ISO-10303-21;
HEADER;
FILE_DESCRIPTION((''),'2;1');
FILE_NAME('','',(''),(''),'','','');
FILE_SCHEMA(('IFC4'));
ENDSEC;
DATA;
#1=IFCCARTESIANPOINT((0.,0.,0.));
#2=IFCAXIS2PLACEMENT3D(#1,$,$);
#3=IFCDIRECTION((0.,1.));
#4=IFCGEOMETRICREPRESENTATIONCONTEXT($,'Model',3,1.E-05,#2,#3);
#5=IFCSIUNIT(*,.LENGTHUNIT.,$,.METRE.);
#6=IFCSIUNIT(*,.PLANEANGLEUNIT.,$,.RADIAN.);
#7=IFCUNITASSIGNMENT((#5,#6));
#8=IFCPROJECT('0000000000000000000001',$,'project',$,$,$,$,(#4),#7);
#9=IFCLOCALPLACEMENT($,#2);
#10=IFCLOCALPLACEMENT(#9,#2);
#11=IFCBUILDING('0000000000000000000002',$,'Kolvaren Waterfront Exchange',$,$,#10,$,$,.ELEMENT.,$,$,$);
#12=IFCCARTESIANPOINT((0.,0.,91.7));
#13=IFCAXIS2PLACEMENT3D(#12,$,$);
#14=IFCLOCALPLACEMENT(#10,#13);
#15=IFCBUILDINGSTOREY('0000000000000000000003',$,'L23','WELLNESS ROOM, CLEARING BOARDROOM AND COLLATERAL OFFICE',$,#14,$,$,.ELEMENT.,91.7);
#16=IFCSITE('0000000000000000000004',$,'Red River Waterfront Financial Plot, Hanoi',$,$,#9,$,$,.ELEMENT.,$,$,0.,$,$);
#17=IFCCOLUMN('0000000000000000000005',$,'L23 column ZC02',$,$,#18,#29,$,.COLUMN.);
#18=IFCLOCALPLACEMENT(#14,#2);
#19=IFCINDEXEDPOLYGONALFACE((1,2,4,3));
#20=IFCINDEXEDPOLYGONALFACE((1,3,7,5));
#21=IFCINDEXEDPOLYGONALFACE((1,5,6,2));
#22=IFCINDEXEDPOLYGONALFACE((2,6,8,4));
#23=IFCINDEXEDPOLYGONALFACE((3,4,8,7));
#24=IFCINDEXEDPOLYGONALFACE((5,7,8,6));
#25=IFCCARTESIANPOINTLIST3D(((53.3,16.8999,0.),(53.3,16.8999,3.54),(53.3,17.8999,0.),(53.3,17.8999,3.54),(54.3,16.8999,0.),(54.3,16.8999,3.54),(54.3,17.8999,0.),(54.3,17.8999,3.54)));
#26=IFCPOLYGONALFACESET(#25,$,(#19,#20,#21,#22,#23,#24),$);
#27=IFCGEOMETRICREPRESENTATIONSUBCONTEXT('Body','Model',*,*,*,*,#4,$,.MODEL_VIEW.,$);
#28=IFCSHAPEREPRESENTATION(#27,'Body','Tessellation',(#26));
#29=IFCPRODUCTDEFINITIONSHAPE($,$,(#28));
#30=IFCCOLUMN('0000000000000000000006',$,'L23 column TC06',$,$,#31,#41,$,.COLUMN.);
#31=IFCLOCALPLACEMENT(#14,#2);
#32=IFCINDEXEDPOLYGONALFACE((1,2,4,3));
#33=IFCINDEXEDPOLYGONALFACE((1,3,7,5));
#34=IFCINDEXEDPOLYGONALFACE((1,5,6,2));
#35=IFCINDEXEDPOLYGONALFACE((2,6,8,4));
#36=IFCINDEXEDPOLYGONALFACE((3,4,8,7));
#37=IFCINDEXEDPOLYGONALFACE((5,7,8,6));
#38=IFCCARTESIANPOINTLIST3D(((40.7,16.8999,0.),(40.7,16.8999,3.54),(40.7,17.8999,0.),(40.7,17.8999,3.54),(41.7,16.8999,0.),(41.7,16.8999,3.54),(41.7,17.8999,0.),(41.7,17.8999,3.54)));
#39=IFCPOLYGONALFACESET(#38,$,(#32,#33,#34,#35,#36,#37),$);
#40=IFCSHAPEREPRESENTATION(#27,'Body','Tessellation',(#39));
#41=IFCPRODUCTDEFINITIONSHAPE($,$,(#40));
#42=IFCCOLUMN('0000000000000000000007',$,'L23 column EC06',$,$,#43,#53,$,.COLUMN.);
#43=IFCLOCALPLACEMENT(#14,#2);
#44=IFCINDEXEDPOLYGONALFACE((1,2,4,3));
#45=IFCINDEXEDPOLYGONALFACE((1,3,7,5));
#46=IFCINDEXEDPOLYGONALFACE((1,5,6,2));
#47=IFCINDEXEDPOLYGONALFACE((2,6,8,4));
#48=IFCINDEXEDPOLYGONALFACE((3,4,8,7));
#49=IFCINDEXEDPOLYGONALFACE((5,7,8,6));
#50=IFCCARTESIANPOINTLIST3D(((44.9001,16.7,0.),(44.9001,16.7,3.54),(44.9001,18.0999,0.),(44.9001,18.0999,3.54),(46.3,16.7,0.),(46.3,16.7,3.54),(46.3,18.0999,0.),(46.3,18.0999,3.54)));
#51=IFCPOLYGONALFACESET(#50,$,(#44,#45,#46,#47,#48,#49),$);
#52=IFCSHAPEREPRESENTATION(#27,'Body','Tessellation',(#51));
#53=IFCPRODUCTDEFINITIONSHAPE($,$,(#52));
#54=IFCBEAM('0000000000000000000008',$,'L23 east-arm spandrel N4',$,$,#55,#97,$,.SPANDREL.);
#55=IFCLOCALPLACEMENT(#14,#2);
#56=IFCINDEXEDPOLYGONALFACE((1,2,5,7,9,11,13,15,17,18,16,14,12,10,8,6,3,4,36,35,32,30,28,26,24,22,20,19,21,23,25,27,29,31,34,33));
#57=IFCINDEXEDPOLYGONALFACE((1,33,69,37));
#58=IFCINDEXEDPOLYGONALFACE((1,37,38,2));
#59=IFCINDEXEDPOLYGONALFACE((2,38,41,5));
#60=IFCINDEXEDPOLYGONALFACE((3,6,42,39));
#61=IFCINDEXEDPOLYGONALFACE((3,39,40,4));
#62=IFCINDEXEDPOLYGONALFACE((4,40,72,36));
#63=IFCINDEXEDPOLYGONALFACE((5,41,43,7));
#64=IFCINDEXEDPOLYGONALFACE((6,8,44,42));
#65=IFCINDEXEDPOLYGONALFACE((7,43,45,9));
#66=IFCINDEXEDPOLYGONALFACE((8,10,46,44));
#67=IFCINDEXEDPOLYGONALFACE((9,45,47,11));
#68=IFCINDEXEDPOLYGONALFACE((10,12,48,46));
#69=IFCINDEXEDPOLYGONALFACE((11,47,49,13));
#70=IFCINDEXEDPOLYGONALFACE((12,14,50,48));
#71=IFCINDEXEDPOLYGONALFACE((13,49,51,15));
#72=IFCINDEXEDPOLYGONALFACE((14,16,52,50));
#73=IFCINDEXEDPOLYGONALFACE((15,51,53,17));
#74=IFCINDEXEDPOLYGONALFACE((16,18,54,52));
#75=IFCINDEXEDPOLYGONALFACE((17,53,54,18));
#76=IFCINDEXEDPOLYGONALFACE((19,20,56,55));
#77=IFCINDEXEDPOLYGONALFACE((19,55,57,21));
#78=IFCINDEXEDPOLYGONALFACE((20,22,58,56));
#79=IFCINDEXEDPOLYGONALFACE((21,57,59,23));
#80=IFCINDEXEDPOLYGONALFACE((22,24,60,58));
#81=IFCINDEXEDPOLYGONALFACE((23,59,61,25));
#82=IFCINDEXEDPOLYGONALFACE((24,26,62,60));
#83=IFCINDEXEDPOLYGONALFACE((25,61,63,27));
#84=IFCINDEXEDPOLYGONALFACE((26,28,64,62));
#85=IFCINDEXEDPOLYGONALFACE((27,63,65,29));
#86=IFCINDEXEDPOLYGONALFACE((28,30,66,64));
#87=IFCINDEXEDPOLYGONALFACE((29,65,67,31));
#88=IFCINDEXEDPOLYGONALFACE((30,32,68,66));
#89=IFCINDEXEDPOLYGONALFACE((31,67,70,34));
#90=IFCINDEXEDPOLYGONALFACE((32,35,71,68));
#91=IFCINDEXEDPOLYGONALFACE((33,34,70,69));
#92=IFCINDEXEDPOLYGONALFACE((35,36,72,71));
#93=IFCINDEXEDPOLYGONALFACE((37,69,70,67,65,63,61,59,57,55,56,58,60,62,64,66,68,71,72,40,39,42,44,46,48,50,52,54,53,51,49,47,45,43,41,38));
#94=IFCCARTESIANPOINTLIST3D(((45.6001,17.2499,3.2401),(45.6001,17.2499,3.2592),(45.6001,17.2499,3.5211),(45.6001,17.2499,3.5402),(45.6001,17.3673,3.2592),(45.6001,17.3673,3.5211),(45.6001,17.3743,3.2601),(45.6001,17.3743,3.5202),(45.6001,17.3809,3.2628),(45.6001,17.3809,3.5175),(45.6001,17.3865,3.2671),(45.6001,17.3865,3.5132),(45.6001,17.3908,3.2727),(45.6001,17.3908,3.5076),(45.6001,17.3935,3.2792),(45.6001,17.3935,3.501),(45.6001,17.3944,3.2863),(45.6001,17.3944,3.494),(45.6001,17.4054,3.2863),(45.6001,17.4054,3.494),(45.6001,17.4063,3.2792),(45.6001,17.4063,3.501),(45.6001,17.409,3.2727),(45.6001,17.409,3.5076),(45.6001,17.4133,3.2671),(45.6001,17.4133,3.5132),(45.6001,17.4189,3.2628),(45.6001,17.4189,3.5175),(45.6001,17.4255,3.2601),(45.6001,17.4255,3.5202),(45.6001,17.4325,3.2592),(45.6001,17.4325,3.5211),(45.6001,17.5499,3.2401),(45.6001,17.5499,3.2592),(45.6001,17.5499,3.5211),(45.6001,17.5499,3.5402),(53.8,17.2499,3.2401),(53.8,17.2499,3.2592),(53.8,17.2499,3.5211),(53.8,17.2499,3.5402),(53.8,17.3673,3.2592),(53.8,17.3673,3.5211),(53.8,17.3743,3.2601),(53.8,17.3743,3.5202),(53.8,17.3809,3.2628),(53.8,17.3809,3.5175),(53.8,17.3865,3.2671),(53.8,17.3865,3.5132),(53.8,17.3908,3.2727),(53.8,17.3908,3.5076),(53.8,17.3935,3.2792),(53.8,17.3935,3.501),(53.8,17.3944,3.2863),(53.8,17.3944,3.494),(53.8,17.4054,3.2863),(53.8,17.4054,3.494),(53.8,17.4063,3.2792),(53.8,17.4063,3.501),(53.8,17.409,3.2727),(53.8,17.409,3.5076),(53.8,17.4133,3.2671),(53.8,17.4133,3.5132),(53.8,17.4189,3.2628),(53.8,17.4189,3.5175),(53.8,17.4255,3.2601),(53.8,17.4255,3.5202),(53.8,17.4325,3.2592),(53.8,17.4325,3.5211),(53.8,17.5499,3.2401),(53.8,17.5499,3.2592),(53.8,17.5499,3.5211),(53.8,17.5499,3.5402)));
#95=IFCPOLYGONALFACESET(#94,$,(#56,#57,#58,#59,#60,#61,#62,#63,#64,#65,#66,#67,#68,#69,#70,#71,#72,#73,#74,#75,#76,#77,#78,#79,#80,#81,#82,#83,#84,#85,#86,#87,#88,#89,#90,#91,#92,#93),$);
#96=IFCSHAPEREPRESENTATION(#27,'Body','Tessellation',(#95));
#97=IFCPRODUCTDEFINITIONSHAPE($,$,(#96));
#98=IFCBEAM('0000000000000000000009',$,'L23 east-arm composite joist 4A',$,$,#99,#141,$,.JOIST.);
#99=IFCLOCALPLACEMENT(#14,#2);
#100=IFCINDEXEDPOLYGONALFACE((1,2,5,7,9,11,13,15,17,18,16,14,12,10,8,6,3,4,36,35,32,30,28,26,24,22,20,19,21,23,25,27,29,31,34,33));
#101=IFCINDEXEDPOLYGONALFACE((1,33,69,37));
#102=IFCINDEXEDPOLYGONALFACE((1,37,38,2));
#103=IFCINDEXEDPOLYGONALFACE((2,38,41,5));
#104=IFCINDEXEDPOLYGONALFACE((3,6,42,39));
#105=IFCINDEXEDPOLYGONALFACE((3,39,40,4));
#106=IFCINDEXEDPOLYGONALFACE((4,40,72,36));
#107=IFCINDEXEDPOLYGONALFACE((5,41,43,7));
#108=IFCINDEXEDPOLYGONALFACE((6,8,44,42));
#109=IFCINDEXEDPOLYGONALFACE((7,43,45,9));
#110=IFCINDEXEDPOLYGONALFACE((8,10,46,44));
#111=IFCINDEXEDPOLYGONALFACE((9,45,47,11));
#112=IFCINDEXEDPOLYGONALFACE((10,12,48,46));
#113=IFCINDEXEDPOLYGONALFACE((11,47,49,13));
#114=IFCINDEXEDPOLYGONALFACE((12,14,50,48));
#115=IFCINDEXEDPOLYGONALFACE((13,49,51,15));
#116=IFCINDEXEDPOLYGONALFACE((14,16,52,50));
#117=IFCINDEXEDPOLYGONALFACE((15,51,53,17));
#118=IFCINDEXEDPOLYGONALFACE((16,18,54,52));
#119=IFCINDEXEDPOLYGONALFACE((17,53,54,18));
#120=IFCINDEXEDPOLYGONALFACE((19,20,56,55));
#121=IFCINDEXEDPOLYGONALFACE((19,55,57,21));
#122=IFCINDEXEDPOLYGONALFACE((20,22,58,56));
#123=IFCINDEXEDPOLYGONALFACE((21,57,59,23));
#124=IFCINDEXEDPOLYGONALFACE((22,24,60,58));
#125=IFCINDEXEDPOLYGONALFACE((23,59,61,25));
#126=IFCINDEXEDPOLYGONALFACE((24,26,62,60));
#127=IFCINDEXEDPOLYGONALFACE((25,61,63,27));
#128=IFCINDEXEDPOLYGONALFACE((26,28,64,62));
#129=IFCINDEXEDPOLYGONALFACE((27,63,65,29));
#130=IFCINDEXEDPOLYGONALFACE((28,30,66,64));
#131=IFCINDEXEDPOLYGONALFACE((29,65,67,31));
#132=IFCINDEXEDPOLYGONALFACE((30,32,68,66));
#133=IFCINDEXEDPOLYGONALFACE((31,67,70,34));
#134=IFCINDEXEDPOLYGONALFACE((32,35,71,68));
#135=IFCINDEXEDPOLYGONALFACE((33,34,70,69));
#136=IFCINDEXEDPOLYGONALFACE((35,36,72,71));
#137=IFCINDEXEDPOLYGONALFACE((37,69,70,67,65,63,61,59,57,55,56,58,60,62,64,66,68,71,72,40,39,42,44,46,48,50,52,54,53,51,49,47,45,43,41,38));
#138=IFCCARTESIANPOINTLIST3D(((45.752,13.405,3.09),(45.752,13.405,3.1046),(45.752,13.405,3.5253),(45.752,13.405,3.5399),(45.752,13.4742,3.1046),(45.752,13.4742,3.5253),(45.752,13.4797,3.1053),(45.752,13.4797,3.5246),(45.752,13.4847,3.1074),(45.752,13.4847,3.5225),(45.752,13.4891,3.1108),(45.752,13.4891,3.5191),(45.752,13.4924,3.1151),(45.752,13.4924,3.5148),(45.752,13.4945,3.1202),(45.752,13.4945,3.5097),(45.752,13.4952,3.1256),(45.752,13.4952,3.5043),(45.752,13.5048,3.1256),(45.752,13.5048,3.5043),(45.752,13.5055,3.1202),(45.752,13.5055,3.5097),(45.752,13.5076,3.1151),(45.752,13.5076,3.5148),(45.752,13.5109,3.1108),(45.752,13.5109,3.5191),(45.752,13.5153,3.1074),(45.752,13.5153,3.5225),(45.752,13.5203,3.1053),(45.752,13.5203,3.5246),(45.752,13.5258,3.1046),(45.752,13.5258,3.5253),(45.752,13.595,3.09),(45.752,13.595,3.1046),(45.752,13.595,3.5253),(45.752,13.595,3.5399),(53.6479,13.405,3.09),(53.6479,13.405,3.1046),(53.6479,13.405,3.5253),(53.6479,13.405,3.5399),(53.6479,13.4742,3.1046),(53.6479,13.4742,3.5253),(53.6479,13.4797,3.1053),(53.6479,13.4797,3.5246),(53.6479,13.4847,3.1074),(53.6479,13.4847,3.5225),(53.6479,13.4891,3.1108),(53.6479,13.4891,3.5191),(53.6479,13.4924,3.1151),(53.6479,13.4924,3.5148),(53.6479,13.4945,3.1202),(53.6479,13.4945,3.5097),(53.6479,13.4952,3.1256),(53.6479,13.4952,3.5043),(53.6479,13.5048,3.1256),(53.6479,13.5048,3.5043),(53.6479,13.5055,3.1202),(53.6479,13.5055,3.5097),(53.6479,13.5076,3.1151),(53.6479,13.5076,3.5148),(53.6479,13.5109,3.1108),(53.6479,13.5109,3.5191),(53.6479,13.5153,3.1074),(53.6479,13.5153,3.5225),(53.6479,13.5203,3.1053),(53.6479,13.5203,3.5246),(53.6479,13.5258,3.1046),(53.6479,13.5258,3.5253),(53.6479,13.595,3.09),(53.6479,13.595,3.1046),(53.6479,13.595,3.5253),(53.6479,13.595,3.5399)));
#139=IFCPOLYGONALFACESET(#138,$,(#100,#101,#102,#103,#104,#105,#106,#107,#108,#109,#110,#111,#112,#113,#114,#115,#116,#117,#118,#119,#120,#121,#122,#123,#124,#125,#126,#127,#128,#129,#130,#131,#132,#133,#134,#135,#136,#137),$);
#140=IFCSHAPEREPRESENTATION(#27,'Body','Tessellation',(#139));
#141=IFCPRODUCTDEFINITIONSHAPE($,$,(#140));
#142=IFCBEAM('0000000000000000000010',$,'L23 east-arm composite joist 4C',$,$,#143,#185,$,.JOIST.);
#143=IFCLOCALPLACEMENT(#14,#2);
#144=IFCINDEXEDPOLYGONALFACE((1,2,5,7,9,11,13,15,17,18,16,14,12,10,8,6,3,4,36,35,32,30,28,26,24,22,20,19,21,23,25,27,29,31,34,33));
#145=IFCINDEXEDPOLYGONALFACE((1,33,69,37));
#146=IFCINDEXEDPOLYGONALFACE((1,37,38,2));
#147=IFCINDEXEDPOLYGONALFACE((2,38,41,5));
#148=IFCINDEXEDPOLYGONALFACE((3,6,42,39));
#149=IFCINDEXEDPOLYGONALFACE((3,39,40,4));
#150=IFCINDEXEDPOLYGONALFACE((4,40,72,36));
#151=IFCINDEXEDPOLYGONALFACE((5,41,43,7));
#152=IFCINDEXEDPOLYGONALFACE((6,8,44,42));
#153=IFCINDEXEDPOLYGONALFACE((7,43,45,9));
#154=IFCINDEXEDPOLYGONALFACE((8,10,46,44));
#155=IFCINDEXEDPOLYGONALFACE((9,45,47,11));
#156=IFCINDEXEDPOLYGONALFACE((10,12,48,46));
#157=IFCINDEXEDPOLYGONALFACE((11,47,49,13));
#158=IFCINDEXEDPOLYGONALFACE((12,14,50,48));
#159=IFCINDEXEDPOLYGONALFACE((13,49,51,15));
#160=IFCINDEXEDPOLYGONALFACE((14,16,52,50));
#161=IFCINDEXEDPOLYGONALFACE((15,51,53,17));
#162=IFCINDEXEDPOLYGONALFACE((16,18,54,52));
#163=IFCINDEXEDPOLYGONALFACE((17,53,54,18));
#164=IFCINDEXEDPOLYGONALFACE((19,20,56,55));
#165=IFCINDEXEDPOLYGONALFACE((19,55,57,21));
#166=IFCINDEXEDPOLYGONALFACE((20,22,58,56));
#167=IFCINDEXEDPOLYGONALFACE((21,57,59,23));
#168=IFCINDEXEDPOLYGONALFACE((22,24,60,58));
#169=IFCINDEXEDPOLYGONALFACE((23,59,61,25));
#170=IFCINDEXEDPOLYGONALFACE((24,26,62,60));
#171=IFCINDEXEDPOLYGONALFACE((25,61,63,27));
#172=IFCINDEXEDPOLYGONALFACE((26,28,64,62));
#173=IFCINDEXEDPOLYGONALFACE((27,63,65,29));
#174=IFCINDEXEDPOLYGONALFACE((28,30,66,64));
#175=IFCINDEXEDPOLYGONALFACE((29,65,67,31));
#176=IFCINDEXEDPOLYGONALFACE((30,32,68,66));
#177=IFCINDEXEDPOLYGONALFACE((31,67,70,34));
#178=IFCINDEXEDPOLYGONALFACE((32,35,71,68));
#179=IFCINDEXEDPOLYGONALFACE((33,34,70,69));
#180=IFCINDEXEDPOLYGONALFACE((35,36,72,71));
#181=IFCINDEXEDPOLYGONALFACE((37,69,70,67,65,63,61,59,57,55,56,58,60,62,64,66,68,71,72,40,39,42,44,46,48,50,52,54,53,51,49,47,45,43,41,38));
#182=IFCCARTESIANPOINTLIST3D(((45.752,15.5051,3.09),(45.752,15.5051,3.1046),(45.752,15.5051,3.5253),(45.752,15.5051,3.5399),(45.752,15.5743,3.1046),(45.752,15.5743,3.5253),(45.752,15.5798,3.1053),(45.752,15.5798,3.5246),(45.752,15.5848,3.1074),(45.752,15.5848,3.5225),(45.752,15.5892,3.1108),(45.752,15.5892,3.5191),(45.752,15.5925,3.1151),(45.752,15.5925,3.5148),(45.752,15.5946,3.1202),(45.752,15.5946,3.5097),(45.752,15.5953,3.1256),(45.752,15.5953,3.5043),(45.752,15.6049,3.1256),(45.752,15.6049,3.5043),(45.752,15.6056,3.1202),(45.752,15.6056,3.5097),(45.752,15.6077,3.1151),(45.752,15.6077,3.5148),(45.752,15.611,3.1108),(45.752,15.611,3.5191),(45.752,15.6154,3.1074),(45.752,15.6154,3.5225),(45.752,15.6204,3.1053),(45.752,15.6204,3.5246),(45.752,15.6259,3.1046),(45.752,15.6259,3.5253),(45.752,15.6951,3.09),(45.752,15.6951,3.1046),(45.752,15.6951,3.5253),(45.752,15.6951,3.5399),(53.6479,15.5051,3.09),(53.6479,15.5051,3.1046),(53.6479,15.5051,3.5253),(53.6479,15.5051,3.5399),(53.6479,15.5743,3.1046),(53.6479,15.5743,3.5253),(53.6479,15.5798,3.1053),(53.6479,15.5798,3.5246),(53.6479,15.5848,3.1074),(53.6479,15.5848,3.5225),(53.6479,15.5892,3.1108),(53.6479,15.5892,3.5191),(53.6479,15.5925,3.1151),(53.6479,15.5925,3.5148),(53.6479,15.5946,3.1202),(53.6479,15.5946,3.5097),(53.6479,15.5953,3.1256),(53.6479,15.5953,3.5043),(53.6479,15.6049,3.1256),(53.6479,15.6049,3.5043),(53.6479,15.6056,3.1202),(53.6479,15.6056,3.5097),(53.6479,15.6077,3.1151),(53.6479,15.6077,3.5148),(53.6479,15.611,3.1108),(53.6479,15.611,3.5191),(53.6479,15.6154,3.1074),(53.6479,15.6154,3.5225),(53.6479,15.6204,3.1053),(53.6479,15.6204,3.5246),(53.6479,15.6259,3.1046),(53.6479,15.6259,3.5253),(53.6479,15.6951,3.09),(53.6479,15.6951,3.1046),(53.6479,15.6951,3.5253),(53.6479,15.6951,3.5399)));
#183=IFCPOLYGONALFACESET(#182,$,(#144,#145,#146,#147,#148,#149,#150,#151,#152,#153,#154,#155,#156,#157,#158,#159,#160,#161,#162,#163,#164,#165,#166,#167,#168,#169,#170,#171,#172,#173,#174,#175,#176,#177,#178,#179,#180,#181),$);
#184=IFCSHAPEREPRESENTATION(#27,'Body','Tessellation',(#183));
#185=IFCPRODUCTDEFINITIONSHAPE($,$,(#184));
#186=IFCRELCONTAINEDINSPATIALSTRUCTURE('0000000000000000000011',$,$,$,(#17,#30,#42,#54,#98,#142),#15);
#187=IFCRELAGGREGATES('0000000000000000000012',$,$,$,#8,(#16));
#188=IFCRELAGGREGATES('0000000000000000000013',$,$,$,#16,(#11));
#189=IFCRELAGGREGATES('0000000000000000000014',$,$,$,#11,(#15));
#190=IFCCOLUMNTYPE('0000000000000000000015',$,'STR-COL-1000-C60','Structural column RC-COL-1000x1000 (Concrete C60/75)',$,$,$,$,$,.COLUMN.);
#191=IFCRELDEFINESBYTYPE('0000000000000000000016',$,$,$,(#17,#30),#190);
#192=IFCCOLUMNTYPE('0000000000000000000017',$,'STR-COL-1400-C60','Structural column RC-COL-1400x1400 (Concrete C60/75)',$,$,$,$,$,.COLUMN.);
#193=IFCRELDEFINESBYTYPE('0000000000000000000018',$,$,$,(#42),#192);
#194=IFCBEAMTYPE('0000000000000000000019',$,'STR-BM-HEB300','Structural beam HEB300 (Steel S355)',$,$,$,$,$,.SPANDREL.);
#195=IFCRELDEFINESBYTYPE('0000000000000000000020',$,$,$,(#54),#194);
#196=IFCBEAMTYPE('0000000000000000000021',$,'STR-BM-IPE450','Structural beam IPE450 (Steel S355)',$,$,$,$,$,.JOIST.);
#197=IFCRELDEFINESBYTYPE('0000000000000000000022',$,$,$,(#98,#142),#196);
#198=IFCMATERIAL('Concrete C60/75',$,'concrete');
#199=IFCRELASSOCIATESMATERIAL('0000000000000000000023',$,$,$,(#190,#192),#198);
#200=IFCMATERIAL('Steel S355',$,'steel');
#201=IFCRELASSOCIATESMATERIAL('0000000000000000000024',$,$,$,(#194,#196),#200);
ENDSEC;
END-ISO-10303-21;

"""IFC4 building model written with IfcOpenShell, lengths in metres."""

from ifc_helpers import new_model, si_unit, direction, frame, origin, origin_2d, place, context, subcontext, project, spatial, rectangle, i_section, extrude, material, material_profile, profile_set, type_object, element, save


model = new_model("IFC4")

# Units and contexts
model_context = context("Model", 3, precision=1e-05, world=origin(), true_north=direction((0.0, 1.0)))
body_context = subcontext(model_context, "Body", "Model", "MODEL_VIEW")
ifc_project = project(units=[si_unit("LENGTHUNIT", "METRE"), si_unit("PLANEANGLEUNIT", "RADIAN")], contexts=[model_context])

# Site, building, storey
site_placement = place(None, origin())
site = spatial("IfcSite", under=ifc_project, at=site_placement, Name="Red River Waterfront Financial Plot, Hanoi", CompositionType="ELEMENT", RefElevation=0.0)
building_placement = place(site_placement, origin())
building = spatial("IfcBuilding", under=site, at=building_placement, Name="Kolvaren Waterfront Exchange", CompositionType="ELEMENT")
storey_placement = place(building_placement, frame((0.0, 0.0, 91.7)))
storey = spatial("IfcBuildingStorey", under=building, at=storey_placement, Name="L23", Description="WELLNESS ROOM, CLEARING BOARDROOM AND COLLATERAL OFFICE", CompositionType="ELEMENT", Elevation=91.7)

# Columns
ifc_material_1 = material(Name="Concrete C60/75", Category="concrete")
ifc_material_profile_1 = material_profile(ifc_material_1, rectangle(XDim=1.0, YDim=1.0, at=origin_2d()), Name="RC-COL-1000x1000")
ifc_profile_set_1 = profile_set([ifc_material_profile_1], Name="Concrete C60/75")
column_type_1 = type_object("IfcColumnType", Name="STR-COL-1000-C60", Description="Structural column RC-COL-1000x1000 (Concrete C60/75)", PredefinedType="COLUMN", material=ifc_profile_set_1)
for number, where, z_axis, x_axis, name in (
    (1, (53.8, 17.3999, 0.0), (0.0, 0.0, 1.0), (1.0, 0.0, 0.0), "L23 column ZC02"),
    (2, (41.2, 17.3999, 0.0), (0.0, 0.0, 1.0), (1.0, 0.0, 0.0), "L23 column TC06"),
):
    element("IfcColumn", number, at=place(storey_placement, frame(where, z_axis=z_axis, x_axis=x_axis)), inside=storey, type_object=column_type_1, Name=name, PredefinedType="COLUMN", context=body_context, shape_type="SweptSolid", body=[
        extrude(rectangle(XDim=1.0, YDim=1.0, at=origin_2d()), origin(), (0.0, 0.0, 1.0), 3.54),
    ])
ifc_material_profile_2 = material_profile(ifc_material_1, rectangle(XDim=1.3999, YDim=1.3999, at=origin_2d()), Name="RC-COL-1400x1400")
ifc_profile_set_2 = profile_set([ifc_material_profile_2], Name="Concrete C60/75")
column_type_2 = type_object("IfcColumnType", Name="STR-COL-1400-C60", Description="Structural column RC-COL-1400x1400 (Concrete C60/75)", PredefinedType="COLUMN", material=ifc_profile_set_2)
column_placement = place(storey_placement, frame((45.6001, 17.3999, 0.0), z_axis=(0.0, 0.0, 1.0), x_axis=(1.0, 0.0, 0.0)))
element("IfcColumn", 3, at=column_placement, inside=storey, type_object=column_type_2, Name="L23 column EC06", PredefinedType="COLUMN", context=body_context, shape_type="SweptSolid", body=[
    extrude(rectangle(XDim=1.3999, YDim=1.3999, at=origin_2d()), origin(), (0.0, 0.0, 1.0), 3.54),
])

# Beams
ifc_material_2 = material(Name="Steel S355", Category="steel")
ifc_material_profile_3 = material_profile(ifc_material_2, i_section(OverallWidth=0.3, OverallDepth=0.3, WebThickness=0.011, FlangeThickness=0.019, FilletRadius=0.0271, at=origin_2d()), Name="HEB300")
ifc_profile_set_3 = profile_set([ifc_material_profile_3], Name="Steel S355")
beam_type_1 = type_object("IfcBeamType", Name="STR-BM-HEB300", Description="Structural beam HEB300 (Steel S355)", PredefinedType="SPANDREL", material=ifc_profile_set_3)
beam_placement = place(storey_placement, frame((45.6001, 17.3999, 3.3901), z_axis=(1.0, 0.0, 0.0), x_axis=(0.0, 1.0, 0.0)))
element("IfcBeam", 4, at=beam_placement, inside=storey, type_object=beam_type_1, Name="L23 east-arm spandrel N4", PredefinedType="SPANDREL", context=body_context, shape_type="SweptSolid", body=[
    extrude(i_section(OverallWidth=0.3, OverallDepth=0.3, WebThickness=0.011, FlangeThickness=0.019, FilletRadius=0.0271, at=origin_2d()), origin(), (0.0, 0.0, 1.0), 8.2),
])
ifc_material_profile_4 = material_profile(ifc_material_2, i_section(OverallWidth=0.1899, OverallDepth=0.45, WebThickness=0.0095, FlangeThickness=0.0146, FilletRadius=0.021, at=origin_2d()), Name="IPE450")
ifc_profile_set_4 = profile_set([ifc_material_profile_4], Name="Steel S355")
beam_type_2 = type_object("IfcBeamType", Name="STR-BM-IPE450", Description="Structural beam IPE450 (Steel S355)", PredefinedType="JOIST", material=ifc_profile_set_4)
for number, where, z_axis, x_axis, name in (
    (5, (45.752, 13.5, 3.3149), (1.0, 0.0, 0.0), (0.0, 1.0, 0.0), "L23 east-arm composite joist 4A"),
    (6, (45.752, 15.6001, 3.3149), (1.0, 0.0, 0.0), (0.0, 1.0, 0.0), "L23 east-arm composite joist 4C"),
):
    element("IfcBeam", number, at=place(storey_placement, frame(where, z_axis=z_axis, x_axis=x_axis)), inside=storey, type_object=beam_type_2, Name=name, PredefinedType="JOIST", context=body_context, shape_type="SweptSolid", body=[
        extrude(i_section(OverallWidth=0.1899, OverallDepth=0.45, WebThickness=0.0095, FlangeThickness=0.0146, FilletRadius=0.021, at=origin_2d()), origin(), (0.0, 0.0, 1.0), 7.896),
    ])

save(model, "model.ifc")
